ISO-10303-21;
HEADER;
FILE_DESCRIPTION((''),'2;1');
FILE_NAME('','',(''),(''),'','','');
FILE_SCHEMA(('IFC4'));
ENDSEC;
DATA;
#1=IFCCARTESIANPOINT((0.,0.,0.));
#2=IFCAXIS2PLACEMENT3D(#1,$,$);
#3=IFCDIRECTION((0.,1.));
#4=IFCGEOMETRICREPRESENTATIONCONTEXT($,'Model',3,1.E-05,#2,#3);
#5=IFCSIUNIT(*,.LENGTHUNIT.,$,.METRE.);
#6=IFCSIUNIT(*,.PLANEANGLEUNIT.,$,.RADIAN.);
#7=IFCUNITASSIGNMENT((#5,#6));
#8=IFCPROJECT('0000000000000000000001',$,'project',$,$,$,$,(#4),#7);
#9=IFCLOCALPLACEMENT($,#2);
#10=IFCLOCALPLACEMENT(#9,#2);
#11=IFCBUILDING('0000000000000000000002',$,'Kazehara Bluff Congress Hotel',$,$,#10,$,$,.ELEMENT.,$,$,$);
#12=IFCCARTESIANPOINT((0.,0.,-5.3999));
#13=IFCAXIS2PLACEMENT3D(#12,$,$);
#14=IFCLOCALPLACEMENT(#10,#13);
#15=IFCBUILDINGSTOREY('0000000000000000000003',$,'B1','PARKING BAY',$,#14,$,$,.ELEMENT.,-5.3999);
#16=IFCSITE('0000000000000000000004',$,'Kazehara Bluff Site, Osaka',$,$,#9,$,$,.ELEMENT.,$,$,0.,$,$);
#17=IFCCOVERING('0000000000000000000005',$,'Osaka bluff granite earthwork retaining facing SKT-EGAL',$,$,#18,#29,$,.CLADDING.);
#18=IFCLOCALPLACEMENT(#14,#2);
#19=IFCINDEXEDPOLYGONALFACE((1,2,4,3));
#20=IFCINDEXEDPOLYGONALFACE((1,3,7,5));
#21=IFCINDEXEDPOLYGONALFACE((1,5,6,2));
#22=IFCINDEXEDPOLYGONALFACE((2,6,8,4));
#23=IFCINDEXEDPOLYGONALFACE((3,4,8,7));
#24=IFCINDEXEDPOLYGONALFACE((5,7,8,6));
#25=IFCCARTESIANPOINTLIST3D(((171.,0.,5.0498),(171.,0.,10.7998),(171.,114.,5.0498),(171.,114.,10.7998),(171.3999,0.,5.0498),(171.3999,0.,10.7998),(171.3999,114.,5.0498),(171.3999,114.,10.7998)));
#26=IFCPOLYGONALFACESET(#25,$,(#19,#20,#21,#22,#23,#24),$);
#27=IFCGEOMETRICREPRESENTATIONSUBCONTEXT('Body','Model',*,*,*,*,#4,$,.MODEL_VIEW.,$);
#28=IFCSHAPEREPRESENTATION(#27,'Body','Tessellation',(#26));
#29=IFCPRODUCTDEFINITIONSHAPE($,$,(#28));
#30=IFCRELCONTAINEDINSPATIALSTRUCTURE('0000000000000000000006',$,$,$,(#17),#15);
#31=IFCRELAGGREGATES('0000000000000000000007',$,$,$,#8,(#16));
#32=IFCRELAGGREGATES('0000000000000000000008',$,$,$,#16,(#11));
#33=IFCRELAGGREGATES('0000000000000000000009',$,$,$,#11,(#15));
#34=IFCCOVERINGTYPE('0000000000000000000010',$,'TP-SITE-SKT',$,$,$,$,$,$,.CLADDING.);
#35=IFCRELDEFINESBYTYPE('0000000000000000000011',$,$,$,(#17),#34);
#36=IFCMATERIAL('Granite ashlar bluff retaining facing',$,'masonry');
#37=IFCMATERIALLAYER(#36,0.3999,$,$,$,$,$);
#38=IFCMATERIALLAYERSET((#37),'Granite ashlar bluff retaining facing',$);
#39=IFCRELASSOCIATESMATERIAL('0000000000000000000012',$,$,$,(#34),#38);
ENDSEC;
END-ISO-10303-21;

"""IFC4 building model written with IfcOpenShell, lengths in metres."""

from ifc_helpers import new_model, si_unit, direction, frame, frame_2d, origin, place, context, subcontext, project, spatial, rectangle, extrude, material, layer, layer_set, type_object, element, save


model = new_model("IFC4")

# Units and contexts
model_context = context("Model", 3, precision=1e-05, world=origin(), true_north=direction((0.0, 1.0)))
body_context = subcontext(model_context, "Body", "Model", "MODEL_VIEW")
ifc_project = project(units=[si_unit("LENGTHUNIT", "METRE"), si_unit("PLANEANGLEUNIT", "RADIAN")], contexts=[model_context])

# Site, building, storey
site_placement = place(None, origin())
site = spatial("IfcSite", under=ifc_project, at=site_placement, Name="Kazehara Bluff Site, Osaka", CompositionType="ELEMENT", RefElevation=0.0)
building_placement = place(site_placement, origin())
building = spatial("IfcBuilding", under=site, at=building_placement, Name="Kazehara Bluff Congress Hotel", CompositionType="ELEMENT")
storey_placement = place(building_placement, frame((0.0, 0.0, -5.3999)))
storey = spatial("IfcBuildingStorey", under=building, at=storey_placement, Name="B1", Description="PARKING BAY", CompositionType="ELEMENT", Elevation=-5.3999)

# Covering
ifc_material_1 = material(Name="Granite ashlar bluff retaining facing", Category="masonry")
ifc_layer_1 = layer(ifc_material_1, 0.3999)
ifc_layer_set_1 = layer_set([ifc_layer_1], Name="Granite ashlar bluff retaining facing")
covering_type = type_object("IfcCoveringType", Name="TP-SITE-SKT", PredefinedType="CLADDING", material=ifc_layer_set_1)
covering_1_placement = place(storey_placement, frame((171.2, 0.0, 5.0498), z_axis=(0.0, 0.0, 1.0), x_axis=(0.0, 1.0, 0.0)))
element("IfcCovering", 1, at=covering_1_placement, inside=storey, type_object=covering_type, Name="Osaka bluff granite earthwork retaining facing SKT-EGAL", PredefinedType="CLADDING", context=body_context, shape_type="SweptSolid", body=[
    extrude(rectangle(XDim=114.0, YDim=0.3999, at=frame_2d((57.0, 0.0))), origin(), (0.0, 0.0, 1.0), 5.75),
])

save(model, "model.ifc")
